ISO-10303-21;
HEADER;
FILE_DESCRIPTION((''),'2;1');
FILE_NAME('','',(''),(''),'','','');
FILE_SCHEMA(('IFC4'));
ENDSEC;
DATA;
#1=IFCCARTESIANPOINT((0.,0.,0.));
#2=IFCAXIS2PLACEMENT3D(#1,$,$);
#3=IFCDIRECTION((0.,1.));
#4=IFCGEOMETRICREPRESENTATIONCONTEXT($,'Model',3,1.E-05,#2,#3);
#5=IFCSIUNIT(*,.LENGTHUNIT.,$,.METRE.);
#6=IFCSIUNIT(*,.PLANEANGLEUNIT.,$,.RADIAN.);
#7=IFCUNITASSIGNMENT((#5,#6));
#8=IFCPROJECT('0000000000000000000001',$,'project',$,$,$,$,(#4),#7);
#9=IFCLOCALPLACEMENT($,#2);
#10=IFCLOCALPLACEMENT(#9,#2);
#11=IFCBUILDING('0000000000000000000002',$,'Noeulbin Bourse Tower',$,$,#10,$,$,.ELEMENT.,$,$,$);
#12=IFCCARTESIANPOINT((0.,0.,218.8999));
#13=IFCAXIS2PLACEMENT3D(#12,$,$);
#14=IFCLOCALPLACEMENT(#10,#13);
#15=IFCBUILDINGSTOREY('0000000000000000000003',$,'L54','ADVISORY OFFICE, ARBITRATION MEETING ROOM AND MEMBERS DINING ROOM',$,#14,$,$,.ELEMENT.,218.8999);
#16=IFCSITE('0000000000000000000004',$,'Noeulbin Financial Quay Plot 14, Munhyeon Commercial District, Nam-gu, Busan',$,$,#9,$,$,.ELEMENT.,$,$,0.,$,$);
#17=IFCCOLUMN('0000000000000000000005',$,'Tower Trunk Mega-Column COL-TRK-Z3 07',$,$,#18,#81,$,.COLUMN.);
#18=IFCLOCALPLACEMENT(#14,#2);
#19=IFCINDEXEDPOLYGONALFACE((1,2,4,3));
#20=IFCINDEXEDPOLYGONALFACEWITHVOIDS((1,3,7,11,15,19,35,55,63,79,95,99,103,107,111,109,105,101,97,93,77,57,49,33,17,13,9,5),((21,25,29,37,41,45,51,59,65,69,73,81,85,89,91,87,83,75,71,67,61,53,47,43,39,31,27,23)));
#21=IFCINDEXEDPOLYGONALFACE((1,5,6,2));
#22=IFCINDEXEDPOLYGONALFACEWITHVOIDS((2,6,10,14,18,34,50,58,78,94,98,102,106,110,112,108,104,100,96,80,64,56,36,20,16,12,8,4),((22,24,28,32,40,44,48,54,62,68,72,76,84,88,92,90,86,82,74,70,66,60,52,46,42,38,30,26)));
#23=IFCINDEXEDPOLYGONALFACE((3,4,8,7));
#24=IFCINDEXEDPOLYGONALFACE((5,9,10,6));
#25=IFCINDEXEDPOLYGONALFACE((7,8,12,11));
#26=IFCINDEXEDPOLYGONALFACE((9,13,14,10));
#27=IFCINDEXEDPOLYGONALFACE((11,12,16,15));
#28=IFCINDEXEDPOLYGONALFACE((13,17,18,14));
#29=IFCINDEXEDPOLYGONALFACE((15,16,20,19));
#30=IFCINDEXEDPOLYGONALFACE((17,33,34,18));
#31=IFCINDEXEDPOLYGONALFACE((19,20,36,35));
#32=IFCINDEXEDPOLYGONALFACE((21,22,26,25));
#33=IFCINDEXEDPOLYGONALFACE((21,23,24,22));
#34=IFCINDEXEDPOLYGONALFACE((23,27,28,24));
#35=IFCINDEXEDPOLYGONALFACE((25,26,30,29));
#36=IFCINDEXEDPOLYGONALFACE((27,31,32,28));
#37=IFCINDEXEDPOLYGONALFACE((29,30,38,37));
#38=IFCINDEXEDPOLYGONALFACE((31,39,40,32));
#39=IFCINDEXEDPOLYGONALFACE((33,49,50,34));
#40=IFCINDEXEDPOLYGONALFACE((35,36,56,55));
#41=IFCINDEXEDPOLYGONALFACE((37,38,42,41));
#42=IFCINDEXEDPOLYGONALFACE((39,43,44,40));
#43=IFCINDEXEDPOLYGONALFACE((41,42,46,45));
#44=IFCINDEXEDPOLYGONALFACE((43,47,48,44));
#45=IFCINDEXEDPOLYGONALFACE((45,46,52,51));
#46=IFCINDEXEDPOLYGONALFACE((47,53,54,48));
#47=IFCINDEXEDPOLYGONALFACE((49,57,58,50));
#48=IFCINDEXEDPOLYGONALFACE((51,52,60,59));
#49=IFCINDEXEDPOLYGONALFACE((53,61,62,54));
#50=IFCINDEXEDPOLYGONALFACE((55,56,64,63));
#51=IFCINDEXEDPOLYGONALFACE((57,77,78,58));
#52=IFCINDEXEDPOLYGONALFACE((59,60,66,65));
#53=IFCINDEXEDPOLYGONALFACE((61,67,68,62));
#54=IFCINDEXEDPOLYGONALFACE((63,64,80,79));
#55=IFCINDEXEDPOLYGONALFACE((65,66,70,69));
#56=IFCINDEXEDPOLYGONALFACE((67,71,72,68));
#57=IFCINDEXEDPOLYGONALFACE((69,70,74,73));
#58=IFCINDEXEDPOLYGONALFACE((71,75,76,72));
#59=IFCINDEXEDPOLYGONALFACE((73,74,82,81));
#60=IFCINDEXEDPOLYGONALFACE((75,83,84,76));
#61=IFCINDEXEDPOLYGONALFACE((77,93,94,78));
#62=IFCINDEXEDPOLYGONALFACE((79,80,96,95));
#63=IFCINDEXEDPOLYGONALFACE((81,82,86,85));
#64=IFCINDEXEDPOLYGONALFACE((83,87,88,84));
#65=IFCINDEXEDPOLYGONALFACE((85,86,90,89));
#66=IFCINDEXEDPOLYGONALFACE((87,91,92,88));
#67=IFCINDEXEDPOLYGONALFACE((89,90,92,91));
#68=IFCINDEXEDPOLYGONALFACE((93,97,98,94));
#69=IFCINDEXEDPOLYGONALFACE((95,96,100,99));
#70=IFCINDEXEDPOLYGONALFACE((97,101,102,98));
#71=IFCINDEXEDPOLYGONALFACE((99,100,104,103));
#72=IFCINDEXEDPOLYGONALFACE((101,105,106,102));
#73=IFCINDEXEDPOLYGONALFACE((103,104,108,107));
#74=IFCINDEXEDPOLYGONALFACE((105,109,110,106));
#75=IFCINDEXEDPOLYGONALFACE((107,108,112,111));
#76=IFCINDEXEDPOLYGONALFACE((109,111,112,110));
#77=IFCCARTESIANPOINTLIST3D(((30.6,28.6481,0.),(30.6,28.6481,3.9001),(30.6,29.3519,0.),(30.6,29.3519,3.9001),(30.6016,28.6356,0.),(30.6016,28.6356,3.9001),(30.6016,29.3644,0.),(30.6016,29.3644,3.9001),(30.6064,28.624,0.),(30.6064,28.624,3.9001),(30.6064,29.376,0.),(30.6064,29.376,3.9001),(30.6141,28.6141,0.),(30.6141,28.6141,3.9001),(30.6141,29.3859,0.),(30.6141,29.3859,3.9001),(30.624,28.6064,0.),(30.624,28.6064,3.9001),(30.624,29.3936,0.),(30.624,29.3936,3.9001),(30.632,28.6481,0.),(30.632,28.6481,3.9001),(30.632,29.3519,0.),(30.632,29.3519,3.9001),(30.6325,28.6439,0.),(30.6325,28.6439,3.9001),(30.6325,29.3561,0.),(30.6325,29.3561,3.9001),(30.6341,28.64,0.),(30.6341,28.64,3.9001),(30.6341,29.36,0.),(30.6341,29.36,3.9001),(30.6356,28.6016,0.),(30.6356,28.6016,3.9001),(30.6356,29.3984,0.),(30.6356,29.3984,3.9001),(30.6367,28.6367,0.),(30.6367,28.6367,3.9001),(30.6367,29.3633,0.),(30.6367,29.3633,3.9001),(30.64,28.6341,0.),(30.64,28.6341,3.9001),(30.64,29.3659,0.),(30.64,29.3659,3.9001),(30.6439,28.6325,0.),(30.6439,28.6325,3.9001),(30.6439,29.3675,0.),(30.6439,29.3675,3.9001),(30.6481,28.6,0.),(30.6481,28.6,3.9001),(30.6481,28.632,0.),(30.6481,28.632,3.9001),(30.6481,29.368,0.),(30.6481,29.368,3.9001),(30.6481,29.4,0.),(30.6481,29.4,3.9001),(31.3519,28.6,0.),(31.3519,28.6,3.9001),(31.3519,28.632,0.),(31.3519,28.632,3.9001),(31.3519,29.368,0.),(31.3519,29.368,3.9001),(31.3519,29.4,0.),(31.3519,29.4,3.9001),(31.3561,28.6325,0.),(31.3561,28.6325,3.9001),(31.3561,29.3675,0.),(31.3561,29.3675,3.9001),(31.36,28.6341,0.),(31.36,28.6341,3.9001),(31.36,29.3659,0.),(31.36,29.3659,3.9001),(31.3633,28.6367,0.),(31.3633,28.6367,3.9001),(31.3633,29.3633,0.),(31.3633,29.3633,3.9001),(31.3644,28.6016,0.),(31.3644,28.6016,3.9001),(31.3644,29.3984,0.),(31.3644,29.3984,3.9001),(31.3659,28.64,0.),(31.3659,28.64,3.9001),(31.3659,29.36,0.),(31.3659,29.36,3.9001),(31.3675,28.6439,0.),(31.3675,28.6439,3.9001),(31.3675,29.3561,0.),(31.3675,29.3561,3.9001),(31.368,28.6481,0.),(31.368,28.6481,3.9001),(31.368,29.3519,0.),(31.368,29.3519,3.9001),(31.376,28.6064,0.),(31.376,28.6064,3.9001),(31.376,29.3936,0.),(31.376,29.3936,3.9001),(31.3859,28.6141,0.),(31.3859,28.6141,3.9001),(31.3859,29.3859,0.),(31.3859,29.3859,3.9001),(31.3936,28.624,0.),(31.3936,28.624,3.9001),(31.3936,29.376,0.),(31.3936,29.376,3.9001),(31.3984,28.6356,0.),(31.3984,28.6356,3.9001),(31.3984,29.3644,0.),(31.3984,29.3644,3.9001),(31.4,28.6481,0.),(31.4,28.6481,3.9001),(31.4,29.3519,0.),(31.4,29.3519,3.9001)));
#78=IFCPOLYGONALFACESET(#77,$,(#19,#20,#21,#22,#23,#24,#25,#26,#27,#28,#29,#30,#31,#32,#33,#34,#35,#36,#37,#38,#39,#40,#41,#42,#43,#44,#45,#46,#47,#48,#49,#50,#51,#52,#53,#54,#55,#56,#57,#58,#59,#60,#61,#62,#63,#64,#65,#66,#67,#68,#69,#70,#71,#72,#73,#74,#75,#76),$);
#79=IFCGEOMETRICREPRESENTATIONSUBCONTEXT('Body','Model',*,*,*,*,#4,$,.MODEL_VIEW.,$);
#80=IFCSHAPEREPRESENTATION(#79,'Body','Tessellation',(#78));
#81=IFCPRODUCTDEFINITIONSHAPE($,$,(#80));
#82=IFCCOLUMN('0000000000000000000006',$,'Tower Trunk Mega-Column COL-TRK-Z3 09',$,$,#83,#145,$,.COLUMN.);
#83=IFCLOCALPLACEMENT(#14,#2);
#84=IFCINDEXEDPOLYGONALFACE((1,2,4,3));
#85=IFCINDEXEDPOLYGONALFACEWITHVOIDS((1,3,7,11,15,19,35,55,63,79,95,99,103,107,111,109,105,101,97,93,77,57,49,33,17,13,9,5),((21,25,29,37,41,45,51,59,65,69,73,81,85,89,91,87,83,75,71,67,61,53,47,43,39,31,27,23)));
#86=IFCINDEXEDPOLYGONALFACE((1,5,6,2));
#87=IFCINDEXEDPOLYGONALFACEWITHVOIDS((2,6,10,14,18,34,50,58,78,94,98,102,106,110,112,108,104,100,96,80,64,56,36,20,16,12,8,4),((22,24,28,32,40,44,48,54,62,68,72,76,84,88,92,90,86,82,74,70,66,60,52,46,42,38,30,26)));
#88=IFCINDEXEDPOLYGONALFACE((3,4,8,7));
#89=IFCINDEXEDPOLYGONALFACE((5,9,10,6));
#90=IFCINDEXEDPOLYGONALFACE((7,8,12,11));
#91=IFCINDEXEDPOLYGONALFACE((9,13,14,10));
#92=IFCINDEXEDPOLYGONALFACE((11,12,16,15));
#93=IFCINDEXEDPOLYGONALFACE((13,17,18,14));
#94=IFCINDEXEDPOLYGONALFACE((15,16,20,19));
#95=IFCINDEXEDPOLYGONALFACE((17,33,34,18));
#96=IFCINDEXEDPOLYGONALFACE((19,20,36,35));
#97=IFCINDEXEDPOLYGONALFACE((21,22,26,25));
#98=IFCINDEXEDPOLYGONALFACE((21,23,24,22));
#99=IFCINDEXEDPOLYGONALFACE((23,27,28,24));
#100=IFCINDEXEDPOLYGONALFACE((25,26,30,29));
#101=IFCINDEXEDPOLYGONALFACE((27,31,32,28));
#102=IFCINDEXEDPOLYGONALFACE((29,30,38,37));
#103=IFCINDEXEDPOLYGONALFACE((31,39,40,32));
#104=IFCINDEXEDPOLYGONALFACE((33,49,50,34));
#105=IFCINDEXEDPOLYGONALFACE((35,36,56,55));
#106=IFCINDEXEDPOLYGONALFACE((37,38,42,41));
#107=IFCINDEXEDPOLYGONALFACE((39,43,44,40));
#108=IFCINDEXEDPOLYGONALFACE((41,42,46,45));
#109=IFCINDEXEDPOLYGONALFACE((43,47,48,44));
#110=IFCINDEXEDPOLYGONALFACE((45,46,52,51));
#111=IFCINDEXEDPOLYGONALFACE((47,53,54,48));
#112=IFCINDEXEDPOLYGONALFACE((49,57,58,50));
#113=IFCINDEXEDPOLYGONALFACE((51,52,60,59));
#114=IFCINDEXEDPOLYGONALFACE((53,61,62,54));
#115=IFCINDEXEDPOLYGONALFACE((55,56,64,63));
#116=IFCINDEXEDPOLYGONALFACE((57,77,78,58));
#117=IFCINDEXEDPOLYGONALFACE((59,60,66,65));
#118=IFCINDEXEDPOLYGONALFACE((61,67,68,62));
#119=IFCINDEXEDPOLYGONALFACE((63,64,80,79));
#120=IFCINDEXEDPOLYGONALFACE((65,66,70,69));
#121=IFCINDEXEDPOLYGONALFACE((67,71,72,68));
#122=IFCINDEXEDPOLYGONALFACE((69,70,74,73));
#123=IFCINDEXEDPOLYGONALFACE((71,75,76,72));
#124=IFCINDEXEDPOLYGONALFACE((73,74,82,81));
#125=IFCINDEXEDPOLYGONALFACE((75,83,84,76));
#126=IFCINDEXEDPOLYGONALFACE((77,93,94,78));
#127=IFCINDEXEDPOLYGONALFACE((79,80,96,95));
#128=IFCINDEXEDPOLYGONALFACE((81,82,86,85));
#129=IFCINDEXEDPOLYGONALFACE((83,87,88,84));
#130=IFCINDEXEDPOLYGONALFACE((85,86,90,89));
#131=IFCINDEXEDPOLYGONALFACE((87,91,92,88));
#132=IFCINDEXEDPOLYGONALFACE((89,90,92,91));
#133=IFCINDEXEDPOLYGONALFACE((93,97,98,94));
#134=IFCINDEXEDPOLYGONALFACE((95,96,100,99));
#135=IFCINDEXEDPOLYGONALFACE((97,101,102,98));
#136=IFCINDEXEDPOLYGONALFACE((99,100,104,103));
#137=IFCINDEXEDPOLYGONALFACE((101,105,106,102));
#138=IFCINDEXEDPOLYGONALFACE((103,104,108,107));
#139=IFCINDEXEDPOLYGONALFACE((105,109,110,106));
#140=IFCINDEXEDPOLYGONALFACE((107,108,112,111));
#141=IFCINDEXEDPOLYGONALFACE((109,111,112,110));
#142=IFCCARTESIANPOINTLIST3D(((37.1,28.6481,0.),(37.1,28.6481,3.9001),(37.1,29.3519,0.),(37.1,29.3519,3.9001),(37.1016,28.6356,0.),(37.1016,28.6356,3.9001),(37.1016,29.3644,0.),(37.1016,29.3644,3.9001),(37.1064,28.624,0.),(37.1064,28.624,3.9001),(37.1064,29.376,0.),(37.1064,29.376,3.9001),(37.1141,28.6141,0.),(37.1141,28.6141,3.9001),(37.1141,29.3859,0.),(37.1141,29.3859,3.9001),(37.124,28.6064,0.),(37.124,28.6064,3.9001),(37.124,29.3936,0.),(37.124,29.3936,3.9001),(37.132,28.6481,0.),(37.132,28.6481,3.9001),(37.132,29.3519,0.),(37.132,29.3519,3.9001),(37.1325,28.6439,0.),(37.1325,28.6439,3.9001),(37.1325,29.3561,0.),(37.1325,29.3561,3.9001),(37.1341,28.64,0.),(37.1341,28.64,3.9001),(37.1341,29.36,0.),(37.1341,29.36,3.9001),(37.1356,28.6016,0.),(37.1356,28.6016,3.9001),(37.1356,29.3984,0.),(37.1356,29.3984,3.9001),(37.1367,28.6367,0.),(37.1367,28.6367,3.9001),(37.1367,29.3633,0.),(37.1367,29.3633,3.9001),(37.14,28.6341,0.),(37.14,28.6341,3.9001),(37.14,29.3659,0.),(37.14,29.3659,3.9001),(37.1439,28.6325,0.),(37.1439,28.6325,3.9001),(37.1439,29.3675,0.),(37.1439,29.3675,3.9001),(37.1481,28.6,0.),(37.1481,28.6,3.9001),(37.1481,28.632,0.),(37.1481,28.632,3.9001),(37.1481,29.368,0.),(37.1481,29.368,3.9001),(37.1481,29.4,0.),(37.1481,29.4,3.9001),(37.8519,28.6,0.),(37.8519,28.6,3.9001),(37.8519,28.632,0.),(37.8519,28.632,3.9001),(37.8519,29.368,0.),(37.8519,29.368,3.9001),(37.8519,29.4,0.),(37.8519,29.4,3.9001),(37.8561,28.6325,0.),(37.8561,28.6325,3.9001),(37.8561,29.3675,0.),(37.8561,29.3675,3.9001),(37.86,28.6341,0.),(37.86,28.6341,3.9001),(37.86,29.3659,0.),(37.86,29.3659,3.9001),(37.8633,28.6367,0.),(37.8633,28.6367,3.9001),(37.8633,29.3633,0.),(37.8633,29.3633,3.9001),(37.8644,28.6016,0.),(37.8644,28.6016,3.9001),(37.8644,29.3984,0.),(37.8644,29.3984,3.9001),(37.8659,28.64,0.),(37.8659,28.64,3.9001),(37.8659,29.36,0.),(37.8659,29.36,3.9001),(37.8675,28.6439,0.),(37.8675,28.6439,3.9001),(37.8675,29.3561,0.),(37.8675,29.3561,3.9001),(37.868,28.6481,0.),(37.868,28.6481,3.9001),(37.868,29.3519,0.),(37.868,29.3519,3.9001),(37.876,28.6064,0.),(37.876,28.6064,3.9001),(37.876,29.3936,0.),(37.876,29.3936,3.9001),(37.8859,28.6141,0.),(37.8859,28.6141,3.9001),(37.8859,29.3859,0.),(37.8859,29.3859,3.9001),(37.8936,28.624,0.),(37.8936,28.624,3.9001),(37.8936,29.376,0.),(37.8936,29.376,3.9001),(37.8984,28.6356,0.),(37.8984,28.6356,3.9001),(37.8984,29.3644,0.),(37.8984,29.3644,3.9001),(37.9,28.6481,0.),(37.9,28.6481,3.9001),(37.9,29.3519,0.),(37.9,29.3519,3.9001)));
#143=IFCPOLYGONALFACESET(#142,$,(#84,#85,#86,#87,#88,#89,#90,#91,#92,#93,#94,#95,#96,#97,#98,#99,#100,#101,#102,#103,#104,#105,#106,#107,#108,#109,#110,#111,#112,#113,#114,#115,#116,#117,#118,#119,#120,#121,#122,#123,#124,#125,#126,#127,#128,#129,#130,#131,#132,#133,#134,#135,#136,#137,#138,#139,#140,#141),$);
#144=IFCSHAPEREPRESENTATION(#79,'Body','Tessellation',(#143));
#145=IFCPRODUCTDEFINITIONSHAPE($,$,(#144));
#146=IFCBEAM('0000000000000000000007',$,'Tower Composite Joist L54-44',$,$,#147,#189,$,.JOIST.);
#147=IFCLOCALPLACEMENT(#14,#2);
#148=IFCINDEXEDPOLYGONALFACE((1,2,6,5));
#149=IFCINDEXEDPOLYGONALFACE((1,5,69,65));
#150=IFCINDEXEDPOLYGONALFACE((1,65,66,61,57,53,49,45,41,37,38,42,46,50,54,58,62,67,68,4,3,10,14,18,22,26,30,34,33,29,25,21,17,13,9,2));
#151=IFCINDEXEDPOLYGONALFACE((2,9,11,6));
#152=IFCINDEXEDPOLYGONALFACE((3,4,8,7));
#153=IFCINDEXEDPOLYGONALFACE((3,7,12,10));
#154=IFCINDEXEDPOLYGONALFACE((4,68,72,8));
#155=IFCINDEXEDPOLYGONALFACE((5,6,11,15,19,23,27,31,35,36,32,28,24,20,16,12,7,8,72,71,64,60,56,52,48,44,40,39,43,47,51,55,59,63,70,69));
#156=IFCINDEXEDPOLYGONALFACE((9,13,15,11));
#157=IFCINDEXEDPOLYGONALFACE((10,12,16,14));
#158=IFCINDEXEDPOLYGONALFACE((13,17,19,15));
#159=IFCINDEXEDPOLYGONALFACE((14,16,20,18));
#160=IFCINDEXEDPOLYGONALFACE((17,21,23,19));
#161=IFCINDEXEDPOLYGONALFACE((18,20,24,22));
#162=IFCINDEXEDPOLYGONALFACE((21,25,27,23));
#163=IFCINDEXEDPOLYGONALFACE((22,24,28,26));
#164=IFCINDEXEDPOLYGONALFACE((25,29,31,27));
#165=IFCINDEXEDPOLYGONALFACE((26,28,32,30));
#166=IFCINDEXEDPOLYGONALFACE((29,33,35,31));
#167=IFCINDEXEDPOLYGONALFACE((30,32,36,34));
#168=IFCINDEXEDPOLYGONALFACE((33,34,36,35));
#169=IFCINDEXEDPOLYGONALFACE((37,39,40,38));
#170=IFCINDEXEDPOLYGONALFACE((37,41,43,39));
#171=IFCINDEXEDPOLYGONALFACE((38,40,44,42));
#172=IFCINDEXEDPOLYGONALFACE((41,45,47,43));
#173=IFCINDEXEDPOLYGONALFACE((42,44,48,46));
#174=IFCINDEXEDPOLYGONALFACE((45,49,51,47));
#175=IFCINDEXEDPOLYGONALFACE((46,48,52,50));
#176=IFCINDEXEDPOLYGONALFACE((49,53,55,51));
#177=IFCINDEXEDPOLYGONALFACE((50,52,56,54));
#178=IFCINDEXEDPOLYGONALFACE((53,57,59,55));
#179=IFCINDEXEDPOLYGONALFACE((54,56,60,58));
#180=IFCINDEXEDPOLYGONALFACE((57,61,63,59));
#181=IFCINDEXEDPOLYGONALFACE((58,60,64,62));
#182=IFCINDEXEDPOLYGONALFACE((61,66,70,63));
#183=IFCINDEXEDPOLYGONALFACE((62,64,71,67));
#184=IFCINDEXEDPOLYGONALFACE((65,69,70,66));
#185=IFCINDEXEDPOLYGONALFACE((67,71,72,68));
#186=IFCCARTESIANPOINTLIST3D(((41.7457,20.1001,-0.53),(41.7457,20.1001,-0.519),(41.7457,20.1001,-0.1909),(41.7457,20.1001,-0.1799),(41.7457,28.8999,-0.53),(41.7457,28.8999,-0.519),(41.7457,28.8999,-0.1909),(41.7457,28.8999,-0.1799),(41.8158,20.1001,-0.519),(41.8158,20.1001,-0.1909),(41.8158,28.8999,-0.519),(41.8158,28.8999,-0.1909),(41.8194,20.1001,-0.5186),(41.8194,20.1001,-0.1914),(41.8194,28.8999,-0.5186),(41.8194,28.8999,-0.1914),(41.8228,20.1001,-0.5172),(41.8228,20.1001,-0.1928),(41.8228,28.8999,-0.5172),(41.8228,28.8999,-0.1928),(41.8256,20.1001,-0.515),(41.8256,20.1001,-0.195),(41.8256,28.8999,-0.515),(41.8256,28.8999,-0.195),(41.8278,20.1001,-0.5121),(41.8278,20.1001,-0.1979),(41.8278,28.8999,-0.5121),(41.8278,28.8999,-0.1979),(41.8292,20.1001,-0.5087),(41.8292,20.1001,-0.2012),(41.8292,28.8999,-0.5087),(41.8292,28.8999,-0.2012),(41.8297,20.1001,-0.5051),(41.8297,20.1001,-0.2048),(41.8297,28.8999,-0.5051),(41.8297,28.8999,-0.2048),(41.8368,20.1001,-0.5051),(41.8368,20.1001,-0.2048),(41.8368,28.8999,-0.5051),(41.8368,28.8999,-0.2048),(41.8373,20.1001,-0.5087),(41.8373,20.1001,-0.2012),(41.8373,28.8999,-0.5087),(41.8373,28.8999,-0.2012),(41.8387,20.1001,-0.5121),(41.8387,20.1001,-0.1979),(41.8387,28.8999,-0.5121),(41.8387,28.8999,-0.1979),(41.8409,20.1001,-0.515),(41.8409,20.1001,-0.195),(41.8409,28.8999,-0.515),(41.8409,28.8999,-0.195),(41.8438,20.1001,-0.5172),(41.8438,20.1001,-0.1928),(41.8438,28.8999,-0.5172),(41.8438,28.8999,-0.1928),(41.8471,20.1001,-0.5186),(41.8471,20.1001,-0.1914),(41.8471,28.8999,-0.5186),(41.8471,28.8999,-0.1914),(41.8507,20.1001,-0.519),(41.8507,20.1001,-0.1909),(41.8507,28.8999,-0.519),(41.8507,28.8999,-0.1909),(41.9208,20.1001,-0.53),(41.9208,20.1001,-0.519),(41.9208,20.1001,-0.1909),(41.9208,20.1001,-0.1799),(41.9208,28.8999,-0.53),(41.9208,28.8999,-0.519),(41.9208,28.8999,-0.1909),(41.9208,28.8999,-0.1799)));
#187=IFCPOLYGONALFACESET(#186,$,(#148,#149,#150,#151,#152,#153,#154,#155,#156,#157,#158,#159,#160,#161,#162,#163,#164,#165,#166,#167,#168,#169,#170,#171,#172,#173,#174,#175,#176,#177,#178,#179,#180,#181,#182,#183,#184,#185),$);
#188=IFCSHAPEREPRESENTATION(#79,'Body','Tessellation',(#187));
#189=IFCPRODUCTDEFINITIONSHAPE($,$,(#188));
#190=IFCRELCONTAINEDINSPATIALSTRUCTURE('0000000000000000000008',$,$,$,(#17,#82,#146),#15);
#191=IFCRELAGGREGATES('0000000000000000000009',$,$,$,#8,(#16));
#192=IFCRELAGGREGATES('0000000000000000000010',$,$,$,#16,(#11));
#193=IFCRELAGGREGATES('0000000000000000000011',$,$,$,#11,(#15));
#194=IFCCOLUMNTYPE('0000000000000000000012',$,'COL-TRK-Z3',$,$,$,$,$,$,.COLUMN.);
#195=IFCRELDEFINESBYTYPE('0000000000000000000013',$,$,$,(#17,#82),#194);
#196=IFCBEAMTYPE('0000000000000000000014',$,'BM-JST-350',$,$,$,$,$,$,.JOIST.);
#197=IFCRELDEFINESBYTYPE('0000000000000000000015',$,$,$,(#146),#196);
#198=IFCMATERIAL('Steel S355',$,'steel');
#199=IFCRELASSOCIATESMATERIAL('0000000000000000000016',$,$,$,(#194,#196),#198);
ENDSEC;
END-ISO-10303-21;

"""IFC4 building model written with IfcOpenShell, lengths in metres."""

from ifc_helpers import new_model, si_unit, direction, frame, origin, origin_2d, place, context, subcontext, project, spatial, hollow_rectangle, i_section, extrude, material, material_profile, profile_set, type_object, element, save


model = new_model("IFC4")

# Units and contexts
model_context = context("Model", 3, precision=1e-05, world=origin(), true_north=direction((0.0, 1.0)))
body_context = subcontext(model_context, "Body", "Model", "MODEL_VIEW")
ifc_project = project(units=[si_unit("LENGTHUNIT", "METRE"), si_unit("PLANEANGLEUNIT", "RADIAN")], contexts=[model_context])

# Site, building, storey
site_placement = place(None, origin())
site = spatial("IfcSite", under=ifc_project, at=site_placement, Name="Noeulbin Financial Quay Plot 14, Munhyeon Commercial District, Nam-gu, Busan", CompositionType="ELEMENT", RefElevation=0.0)
building_placement = place(site_placement, origin())
building = spatial("IfcBuilding", under=site, at=building_placement, Name="Noeulbin Bourse Tower", CompositionType="ELEMENT")
storey_placement = place(building_placement, frame((0.0, 0.0, 218.8999)))
storey = spatial("IfcBuildingStorey", under=building, at=storey_placement, Name="L54", Description="ADVISORY OFFICE, ARBITRATION MEETING ROOM AND MEMBERS DINING ROOM", CompositionType="ELEMENT", Elevation=218.8999)

# Columns
ifc_material_1 = material(Name="Steel S355", Category="steel")
ifc_material_profile_1 = material_profile(ifc_material_1, hollow_rectangle(XDim=0.8, YDim=0.8, WallThickness=0.032, InnerFilletRadius=0.0161, OuterFilletRadius=0.0481, at=origin_2d()), Name="BOX-800x800x32", Category="LoadBearing")
ifc_profile_set_1 = profile_set([ifc_material_profile_1], Name="Steel S355")
column_type = type_object("IfcColumnType", Name="COL-TRK-Z3", PredefinedType="COLUMN", material=ifc_profile_set_1)
for number, where, z_axis, x_axis, name in (
    (1, (31.0, 29.0, 0.0), (0.0, 0.0, 1.0), (1.0, 0.0, 0.0), "Tower Trunk Mega-Column COL-TRK-Z3 07"),
    (2, (37.5, 29.0, 0.0), (0.0, 0.0, 1.0), (1.0, 0.0, 0.0), "Tower Trunk Mega-Column COL-TRK-Z3 09"),
):
    element("IfcColumn", number, at=place(storey_placement, frame(where, z_axis=z_axis, x_axis=x_axis)), inside=storey, type_object=column_type, Name=name, PredefinedType="COLUMN", context=body_context, shape_type="SweptSolid", body=[
        extrude(hollow_rectangle(XDim=0.8, YDim=0.8, WallThickness=0.032, InnerFilletRadius=0.0161, OuterFilletRadius=0.0481, at=origin_2d()), origin(), (0.0, 0.0, 1.0), 3.9001),
    ])

# Beam
ifc_material_profile_2 = material_profile(ifc_material_1, i_section(OverallWidth=0.175, OverallDepth=0.3501, WebThickness=0.0071, FlangeThickness=0.011, FilletRadius=0.0139, at=origin_2d()), Name="H-350x175x7x11", Category="LoadBearing")
ifc_profile_set_2 = profile_set([ifc_material_profile_2], Name="Steel S355")
beam_type_1 = type_object("IfcBeamType", Name="BM-JST-350", PredefinedType="JOIST", material=ifc_profile_set_2)
beam_1_placement = place(storey_placement, frame((41.8333, 20.1001, -0.355), z_axis=(0.0, 1.0, 0.0), x_axis=(-1.0, 0.0, 0.0)))
element("IfcBeam", 3, at=beam_1_placement, inside=storey, type_object=beam_type_1, Name="Tower Composite Joist L54-44", PredefinedType="JOIST", context=body_context, shape_type="SweptSolid", body=[
    extrude(i_section(OverallWidth=0.175, OverallDepth=0.3501, WebThickness=0.0071, FlangeThickness=0.011, FilletRadius=0.0139, at=origin_2d()), origin(), (0.0, 0.0, 1.0), 8.7998),
])

save(model, "model.ifc")
